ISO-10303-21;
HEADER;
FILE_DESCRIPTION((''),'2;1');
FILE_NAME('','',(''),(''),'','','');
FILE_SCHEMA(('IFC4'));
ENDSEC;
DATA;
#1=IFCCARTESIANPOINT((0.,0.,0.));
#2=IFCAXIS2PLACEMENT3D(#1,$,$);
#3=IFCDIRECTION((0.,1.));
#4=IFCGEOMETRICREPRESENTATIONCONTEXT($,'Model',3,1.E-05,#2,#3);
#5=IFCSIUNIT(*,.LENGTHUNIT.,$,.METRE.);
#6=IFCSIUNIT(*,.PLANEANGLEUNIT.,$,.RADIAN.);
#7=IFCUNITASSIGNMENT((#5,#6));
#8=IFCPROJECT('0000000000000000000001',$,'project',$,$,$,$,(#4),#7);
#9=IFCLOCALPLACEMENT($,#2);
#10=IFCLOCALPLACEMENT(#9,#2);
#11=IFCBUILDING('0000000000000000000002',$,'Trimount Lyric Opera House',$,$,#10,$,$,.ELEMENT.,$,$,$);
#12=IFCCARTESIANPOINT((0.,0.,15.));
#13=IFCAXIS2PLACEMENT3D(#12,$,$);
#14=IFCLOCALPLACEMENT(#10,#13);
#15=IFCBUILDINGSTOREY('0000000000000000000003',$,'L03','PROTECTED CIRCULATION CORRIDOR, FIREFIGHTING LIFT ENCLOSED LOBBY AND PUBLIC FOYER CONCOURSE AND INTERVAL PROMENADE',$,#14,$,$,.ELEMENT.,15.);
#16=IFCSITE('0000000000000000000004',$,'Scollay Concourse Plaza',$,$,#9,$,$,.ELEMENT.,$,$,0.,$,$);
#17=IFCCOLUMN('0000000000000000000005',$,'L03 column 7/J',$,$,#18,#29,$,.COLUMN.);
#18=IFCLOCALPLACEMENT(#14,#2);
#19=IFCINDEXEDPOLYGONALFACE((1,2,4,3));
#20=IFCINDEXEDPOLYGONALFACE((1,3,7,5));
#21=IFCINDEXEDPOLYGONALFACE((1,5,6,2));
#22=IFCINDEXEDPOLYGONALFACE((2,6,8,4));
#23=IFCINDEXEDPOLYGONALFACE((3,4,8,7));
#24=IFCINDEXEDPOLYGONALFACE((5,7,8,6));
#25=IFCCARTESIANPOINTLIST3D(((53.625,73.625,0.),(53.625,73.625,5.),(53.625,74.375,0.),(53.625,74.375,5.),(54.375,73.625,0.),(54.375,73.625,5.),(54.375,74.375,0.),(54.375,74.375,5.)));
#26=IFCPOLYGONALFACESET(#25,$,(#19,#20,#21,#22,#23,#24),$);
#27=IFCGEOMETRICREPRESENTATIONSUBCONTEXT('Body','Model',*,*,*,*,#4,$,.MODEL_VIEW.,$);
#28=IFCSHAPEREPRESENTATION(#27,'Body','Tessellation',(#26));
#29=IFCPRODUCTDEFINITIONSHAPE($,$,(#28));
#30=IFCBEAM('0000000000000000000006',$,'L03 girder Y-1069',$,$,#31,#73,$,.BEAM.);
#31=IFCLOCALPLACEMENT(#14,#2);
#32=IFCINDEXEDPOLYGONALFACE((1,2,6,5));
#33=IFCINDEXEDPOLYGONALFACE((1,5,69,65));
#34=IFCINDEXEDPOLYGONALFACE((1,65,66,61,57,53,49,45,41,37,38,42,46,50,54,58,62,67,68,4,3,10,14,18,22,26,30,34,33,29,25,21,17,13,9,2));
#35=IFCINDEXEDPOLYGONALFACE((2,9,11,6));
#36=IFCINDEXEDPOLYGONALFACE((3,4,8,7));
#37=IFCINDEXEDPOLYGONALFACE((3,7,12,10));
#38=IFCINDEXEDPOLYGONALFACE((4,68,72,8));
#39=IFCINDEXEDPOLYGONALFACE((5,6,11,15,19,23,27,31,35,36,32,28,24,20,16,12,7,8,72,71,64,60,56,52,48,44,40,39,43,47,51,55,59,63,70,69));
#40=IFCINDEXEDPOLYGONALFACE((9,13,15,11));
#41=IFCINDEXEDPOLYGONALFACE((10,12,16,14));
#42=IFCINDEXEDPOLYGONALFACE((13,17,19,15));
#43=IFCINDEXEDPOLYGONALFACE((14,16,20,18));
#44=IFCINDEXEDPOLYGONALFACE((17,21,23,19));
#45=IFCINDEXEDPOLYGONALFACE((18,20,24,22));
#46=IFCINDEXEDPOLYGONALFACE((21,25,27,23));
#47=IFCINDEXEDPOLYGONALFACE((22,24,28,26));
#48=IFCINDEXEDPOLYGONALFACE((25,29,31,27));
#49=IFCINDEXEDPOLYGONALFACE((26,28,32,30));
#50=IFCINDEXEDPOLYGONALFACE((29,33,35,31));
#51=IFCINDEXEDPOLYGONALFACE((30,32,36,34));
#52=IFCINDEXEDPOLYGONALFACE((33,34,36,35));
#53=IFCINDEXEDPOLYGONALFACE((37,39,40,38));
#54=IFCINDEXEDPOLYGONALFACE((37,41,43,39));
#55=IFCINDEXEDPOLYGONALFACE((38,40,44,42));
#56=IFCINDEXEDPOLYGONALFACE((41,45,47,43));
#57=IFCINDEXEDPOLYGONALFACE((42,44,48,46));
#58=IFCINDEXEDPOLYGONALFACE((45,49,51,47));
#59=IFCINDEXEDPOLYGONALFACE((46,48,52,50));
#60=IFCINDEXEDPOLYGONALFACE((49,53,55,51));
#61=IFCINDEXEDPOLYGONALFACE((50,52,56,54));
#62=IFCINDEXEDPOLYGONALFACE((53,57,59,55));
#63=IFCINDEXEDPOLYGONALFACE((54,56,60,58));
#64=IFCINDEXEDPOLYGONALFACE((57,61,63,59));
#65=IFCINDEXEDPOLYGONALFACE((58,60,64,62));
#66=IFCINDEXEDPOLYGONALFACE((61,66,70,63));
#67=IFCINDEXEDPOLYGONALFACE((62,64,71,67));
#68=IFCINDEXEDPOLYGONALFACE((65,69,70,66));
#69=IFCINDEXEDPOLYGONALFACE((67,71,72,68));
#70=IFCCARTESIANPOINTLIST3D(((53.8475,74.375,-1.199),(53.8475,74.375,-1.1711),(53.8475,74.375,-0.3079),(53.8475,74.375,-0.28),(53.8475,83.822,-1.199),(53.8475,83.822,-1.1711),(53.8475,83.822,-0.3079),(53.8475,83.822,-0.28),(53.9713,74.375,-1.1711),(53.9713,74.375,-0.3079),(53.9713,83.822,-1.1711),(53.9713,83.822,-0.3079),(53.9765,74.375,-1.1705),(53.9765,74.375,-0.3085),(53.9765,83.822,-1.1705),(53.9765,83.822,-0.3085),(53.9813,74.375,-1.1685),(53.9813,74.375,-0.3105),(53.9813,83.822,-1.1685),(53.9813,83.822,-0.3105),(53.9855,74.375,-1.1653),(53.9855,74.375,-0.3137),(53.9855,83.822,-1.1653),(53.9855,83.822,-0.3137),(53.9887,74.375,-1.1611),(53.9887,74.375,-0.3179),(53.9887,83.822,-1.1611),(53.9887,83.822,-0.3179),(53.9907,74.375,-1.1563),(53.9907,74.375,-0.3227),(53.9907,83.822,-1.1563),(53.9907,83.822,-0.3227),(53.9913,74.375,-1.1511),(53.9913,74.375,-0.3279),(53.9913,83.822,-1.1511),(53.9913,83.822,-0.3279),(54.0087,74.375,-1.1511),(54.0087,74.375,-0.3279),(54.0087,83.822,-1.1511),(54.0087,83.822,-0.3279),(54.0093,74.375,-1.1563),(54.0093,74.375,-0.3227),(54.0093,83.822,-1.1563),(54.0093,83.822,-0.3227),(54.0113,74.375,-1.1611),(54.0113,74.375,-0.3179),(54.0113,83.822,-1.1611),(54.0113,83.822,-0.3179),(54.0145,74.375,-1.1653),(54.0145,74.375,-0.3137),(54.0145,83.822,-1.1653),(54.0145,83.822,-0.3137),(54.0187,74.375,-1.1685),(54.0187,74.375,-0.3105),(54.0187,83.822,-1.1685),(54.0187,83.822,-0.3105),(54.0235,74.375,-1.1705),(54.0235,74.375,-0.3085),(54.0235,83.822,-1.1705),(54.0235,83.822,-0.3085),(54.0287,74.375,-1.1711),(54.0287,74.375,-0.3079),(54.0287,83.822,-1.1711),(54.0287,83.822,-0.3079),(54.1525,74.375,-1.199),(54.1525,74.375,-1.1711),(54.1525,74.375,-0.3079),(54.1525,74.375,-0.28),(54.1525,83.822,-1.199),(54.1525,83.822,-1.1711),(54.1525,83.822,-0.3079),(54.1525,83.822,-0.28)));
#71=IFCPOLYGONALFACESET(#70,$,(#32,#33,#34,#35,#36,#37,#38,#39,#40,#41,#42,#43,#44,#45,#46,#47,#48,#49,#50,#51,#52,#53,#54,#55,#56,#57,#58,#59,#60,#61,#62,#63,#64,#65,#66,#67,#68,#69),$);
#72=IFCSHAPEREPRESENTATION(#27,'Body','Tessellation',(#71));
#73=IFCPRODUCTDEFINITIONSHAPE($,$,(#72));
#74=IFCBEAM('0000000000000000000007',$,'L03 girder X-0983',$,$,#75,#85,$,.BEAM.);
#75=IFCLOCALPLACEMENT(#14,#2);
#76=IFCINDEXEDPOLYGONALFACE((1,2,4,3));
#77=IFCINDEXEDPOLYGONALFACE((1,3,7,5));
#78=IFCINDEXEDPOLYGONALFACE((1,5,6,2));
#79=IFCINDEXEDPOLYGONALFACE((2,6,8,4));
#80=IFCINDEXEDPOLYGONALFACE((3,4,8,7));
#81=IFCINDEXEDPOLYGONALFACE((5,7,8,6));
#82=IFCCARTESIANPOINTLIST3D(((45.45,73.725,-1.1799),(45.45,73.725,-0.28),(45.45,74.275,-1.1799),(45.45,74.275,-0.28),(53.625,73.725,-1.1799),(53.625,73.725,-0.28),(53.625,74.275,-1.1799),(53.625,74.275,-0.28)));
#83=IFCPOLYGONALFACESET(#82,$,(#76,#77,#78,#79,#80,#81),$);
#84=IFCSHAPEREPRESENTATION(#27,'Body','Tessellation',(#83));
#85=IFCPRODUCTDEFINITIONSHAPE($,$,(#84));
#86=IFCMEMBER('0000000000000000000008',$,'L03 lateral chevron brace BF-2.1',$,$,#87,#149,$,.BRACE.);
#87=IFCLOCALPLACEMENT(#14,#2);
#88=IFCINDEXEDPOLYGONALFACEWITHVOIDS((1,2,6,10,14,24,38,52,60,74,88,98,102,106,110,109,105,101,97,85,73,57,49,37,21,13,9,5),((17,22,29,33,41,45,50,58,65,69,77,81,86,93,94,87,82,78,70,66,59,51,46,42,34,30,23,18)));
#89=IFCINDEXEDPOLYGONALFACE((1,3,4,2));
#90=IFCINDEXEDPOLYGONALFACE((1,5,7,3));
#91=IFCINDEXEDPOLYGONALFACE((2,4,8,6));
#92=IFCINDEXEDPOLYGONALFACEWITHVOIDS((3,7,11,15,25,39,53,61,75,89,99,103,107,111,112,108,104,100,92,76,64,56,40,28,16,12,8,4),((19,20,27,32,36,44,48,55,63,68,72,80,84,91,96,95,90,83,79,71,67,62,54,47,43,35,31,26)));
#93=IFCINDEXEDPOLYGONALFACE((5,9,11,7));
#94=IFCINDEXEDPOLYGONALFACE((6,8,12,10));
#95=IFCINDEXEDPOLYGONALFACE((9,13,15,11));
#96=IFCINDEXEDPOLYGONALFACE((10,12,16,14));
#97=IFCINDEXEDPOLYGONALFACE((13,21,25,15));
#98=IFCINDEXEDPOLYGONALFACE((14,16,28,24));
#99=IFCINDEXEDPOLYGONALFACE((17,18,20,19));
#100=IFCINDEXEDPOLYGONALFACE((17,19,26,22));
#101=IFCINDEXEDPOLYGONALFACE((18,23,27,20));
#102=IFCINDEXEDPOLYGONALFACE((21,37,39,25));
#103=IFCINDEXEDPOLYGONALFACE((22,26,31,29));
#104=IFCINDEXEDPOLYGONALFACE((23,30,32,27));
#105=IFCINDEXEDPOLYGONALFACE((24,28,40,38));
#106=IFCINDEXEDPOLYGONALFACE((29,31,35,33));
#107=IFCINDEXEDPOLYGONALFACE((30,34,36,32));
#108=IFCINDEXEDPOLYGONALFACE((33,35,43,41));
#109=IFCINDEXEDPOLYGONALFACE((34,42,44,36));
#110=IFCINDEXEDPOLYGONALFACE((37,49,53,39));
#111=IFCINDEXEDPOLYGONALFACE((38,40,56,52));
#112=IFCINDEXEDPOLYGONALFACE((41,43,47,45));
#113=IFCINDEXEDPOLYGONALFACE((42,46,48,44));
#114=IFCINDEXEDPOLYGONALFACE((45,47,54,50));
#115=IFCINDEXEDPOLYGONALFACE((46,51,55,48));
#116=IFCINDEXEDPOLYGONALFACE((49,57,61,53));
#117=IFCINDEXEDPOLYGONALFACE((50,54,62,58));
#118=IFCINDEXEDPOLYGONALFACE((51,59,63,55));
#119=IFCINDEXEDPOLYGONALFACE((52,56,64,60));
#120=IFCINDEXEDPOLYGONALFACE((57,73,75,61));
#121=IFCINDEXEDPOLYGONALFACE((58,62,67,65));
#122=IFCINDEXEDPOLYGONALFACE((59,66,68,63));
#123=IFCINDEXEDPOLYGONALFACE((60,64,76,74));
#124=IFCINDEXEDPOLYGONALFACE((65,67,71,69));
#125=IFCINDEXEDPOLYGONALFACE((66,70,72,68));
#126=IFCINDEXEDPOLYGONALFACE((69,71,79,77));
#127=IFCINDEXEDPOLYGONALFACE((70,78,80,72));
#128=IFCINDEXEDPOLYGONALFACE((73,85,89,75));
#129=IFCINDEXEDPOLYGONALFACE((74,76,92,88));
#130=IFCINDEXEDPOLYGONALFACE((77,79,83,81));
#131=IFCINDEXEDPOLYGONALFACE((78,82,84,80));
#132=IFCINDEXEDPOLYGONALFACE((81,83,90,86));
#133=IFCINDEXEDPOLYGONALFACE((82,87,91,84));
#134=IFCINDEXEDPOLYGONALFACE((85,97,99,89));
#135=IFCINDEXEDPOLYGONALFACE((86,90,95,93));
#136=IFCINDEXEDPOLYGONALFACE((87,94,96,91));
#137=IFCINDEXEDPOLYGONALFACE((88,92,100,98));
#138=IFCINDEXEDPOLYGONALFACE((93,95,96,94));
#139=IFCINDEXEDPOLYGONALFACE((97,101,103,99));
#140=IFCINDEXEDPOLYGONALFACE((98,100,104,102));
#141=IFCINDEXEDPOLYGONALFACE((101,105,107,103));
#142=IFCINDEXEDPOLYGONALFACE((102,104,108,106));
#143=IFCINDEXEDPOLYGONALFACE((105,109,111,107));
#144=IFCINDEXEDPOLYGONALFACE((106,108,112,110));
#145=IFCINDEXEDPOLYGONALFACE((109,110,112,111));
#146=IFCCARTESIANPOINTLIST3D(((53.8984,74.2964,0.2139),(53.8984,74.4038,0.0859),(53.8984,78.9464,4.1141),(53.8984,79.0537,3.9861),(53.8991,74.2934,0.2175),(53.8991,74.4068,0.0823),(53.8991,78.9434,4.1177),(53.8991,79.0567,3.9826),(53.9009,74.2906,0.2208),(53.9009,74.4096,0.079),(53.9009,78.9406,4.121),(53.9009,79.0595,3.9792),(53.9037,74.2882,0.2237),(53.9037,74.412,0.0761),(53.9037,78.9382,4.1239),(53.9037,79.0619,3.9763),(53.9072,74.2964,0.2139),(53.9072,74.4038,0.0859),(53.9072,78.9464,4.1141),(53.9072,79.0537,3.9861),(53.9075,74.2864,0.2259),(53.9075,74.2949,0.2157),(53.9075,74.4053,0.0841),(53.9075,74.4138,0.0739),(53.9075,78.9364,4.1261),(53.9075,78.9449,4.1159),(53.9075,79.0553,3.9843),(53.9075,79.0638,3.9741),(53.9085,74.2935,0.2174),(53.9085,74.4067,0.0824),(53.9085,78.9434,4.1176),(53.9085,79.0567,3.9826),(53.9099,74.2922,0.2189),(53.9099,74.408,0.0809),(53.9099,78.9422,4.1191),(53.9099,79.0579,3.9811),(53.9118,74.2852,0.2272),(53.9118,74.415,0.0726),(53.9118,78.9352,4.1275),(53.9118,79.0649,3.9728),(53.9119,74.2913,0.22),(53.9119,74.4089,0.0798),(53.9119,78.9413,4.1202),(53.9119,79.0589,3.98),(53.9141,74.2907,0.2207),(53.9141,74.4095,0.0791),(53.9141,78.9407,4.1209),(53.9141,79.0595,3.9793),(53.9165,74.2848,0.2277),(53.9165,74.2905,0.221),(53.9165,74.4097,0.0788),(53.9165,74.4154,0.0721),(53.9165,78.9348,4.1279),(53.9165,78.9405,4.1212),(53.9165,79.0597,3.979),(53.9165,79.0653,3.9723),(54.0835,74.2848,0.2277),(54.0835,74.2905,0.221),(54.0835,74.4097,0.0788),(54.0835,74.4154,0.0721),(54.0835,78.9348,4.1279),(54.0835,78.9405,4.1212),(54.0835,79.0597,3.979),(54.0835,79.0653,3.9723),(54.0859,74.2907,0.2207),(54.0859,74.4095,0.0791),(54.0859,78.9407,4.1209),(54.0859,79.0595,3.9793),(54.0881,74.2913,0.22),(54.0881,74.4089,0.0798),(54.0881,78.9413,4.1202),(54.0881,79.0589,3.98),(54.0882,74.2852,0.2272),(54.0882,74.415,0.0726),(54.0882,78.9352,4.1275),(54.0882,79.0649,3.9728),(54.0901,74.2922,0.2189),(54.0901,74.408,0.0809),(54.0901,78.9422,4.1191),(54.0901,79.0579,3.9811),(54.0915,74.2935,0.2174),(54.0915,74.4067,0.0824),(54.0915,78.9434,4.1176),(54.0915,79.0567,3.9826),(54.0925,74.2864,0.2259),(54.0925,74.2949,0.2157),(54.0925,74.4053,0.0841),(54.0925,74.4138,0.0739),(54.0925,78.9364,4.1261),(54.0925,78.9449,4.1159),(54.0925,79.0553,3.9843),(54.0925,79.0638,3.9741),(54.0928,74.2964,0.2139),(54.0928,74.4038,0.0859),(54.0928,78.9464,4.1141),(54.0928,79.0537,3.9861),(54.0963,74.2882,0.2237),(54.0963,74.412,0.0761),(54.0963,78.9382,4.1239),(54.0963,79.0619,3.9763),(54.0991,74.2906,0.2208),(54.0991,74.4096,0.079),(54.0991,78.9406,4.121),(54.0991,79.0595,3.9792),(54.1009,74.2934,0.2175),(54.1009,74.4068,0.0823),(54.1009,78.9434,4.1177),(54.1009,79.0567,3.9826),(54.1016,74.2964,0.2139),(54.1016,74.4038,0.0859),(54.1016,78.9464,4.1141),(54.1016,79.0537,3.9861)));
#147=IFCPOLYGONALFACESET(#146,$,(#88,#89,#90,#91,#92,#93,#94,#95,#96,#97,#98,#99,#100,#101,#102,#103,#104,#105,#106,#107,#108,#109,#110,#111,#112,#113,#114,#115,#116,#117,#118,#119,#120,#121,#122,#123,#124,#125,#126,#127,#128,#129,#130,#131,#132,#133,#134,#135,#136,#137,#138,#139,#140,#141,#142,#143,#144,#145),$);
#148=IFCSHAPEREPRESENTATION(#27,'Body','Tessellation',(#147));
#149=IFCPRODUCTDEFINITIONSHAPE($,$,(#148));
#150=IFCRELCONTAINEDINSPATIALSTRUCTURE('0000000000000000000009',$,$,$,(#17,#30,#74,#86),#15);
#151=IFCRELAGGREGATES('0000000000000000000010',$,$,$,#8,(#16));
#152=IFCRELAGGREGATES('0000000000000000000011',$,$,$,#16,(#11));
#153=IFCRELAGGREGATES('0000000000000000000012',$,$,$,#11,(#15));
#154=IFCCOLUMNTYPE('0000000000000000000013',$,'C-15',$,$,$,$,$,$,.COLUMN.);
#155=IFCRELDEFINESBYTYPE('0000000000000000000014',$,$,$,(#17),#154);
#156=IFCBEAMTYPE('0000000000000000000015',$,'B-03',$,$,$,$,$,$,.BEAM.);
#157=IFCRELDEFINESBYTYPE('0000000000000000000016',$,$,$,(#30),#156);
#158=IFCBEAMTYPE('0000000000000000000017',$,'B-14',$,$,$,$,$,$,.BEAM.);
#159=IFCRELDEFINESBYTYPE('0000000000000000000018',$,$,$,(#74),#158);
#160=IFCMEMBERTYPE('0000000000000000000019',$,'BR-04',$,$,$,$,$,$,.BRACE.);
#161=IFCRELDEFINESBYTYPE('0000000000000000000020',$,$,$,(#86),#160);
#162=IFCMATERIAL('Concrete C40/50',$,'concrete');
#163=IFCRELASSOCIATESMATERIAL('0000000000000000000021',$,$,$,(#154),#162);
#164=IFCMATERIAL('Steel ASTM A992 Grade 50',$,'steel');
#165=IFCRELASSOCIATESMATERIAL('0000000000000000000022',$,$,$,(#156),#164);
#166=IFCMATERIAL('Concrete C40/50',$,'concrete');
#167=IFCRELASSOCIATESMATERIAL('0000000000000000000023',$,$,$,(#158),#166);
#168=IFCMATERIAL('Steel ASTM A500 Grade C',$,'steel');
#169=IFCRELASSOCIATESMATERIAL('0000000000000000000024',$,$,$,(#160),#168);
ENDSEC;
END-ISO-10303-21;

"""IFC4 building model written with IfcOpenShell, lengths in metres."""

from ifc_helpers import new_model, si_unit, direction, frame, origin, origin_2d, place, context, subcontext, project, spatial, rectangle, hollow_rectangle, i_section, extrude, material, material_profile, profile_set, type_object, element, save


model = new_model("IFC4")

# Units and contexts
model_context = context("Model", 3, precision=1e-05, world=origin(), true_north=direction((0.0, 1.0)))
body_context = subcontext(model_context, "Body", "Model", "MODEL_VIEW")
ifc_project = project(units=[si_unit("LENGTHUNIT", "METRE"), si_unit("PLANEANGLEUNIT", "RADIAN")], contexts=[model_context])

# Site, building, storey
site_placement = place(None, origin())
site = spatial("IfcSite", under=ifc_project, at=site_placement, Name="Scollay Concourse Plaza", CompositionType="ELEMENT", RefElevation=0.0)
building_placement = place(site_placement, origin())
building = spatial("IfcBuilding", under=site, at=building_placement, Name="Trimount Lyric Opera House", CompositionType="ELEMENT")
storey_placement = place(building_placement, frame((0.0, 0.0, 15.0)))
storey = spatial("IfcBuildingStorey", under=building, at=storey_placement, Name="L03", Description="PROTECTED CIRCULATION CORRIDOR, FIREFIGHTING LIFT ENCLOSED LOBBY AND PUBLIC FOYER CONCOURSE AND INTERVAL PROMENADE", CompositionType="ELEMENT", Elevation=15.0)

# Column
ifc_material_1 = material(Name="Concrete C40/50", Category="concrete")
ifc_material_profile_1 = material_profile(ifc_material_1, rectangle(XDim=0.75, YDim=0.75, at=origin_2d()), Name="RC750X750")
ifc_profile_set_1 = profile_set([ifc_material_profile_1], Name="Concrete C40/50")
column_type = type_object("IfcColumnType", Name="C-15", PredefinedType="COLUMN", material=ifc_profile_set_1)
column_placement = place(storey_placement, frame((54.0, 74.0, 0.0), z_axis=(0.0, 0.0, 1.0), x_axis=(1.0, 0.0, 0.0)))
element("IfcColumn", 1, at=column_placement, inside=storey, type_object=column_type, Name="L03 column 7/J", PredefinedType="COLUMN", context=body_context, shape_type="SweptSolid", body=[
    extrude(rectangle(XDim=0.75, YDim=0.75, at=origin_2d()), origin(), (0.0, 0.0, 1.0), 5.0),
])

# Beams
ifc_material_2 = material(Name="Steel ASTM A992 Grade 50", Category="steel")
ifc_material_profile_2 = material_profile(ifc_material_2, i_section(OverallWidth=0.3049, OverallDepth=0.9189, WebThickness=0.0173, FlangeThickness=0.0278, FilletRadius=0.02, at=origin_2d()), Name="W36X170")
ifc_profile_set_2 = profile_set([ifc_material_profile_2], Name="Steel ASTM A992 Grade 50")
beam_type_1 = type_object("IfcBeamType", Name="B-03", PredefinedType="BEAM", material=ifc_profile_set_2)
beam_1_placement = place(storey_placement, frame((54.0, 74.375, -0.7395), z_axis=(0.0, 1.0, 0.0), x_axis=(-1.0, 0.0, 0.0)))
element("IfcBeam", 2, at=beam_1_placement, inside=storey, type_object=beam_type_1, Name="L03 girder Y-1069", PredefinedType="BEAM", context=body_context, shape_type="SweptSolid", body=[
    extrude(i_section(OverallWidth=0.3049, OverallDepth=0.9189, WebThickness=0.0173, FlangeThickness=0.0278, FilletRadius=0.02, at=origin_2d()), origin(), (0.0, 0.0, 1.0), 9.447),
])
ifc_material_3 = material(Name="Concrete C40/50", Category="concrete")
ifc_material_profile_3 = material_profile(ifc_material_3, rectangle(XDim=0.55, YDim=0.8999, at=origin_2d()), Name="RC550X900")
ifc_profile_set_3 = profile_set([ifc_material_profile_3], Name="Concrete C40/50")
beam_type_2 = type_object("IfcBeamType", Name="B-14", PredefinedType="BEAM", material=ifc_profile_set_3)
beam_2_placement = place(storey_placement, frame((45.45, 74.0, -0.73), z_axis=(1.0, 0.0, 0.0), x_axis=(0.0, 1.0, 0.0)))
element("IfcBeam", 3, at=beam_2_placement, inside=storey, type_object=beam_type_2, Name="L03 girder X-0983", PredefinedType="BEAM", context=body_context, shape_type="SweptSolid", body=[
    extrude(rectangle(XDim=0.55, YDim=0.8999, at=origin_2d()), origin(), (0.0, 0.0, 1.0), 8.175),
])

# Member
ifc_material_4 = material(Name="Steel ASTM A500 Grade C", Category="steel")
ifc_material_profile_4 = material_profile(ifc_material_4, hollow_rectangle(XDim=0.2031, YDim=0.2031, WallThickness=0.0088, InnerFilletRadius=0.0093, OuterFilletRadius=0.0181, at=origin_2d()), Name="HSS203.2X203.2X9.5")
ifc_profile_set_4 = profile_set([ifc_material_profile_4], Name="Steel ASTM A500 Grade C")
member_type_1 = type_object("IfcMemberType", Name="BR-04", PredefinedType="BRACE", material=ifc_profile_set_4)
member_1_placement = place(storey_placement, frame((54.0, 74.3501, 0.1499), z_axis=(0.0, 0.766173, 0.642634), x_axis=(-1.0, 0.0, 0.0)))
element("IfcMember", 4, at=member_1_placement, inside=storey, type_object=member_type_1, Name="L03 lateral chevron brace BF-2.1", PredefinedType="BRACE", context=body_context, shape_type="SweptSolid", body=[
    extrude(hollow_rectangle(XDim=0.2031, YDim=0.2031, WallThickness=0.0088, InnerFilletRadius=0.0093, OuterFilletRadius=0.0181, at=origin_2d()), origin(), (0.0, 0.0, 1.0), 6.0691),
])

save(model, "model.ifc")
